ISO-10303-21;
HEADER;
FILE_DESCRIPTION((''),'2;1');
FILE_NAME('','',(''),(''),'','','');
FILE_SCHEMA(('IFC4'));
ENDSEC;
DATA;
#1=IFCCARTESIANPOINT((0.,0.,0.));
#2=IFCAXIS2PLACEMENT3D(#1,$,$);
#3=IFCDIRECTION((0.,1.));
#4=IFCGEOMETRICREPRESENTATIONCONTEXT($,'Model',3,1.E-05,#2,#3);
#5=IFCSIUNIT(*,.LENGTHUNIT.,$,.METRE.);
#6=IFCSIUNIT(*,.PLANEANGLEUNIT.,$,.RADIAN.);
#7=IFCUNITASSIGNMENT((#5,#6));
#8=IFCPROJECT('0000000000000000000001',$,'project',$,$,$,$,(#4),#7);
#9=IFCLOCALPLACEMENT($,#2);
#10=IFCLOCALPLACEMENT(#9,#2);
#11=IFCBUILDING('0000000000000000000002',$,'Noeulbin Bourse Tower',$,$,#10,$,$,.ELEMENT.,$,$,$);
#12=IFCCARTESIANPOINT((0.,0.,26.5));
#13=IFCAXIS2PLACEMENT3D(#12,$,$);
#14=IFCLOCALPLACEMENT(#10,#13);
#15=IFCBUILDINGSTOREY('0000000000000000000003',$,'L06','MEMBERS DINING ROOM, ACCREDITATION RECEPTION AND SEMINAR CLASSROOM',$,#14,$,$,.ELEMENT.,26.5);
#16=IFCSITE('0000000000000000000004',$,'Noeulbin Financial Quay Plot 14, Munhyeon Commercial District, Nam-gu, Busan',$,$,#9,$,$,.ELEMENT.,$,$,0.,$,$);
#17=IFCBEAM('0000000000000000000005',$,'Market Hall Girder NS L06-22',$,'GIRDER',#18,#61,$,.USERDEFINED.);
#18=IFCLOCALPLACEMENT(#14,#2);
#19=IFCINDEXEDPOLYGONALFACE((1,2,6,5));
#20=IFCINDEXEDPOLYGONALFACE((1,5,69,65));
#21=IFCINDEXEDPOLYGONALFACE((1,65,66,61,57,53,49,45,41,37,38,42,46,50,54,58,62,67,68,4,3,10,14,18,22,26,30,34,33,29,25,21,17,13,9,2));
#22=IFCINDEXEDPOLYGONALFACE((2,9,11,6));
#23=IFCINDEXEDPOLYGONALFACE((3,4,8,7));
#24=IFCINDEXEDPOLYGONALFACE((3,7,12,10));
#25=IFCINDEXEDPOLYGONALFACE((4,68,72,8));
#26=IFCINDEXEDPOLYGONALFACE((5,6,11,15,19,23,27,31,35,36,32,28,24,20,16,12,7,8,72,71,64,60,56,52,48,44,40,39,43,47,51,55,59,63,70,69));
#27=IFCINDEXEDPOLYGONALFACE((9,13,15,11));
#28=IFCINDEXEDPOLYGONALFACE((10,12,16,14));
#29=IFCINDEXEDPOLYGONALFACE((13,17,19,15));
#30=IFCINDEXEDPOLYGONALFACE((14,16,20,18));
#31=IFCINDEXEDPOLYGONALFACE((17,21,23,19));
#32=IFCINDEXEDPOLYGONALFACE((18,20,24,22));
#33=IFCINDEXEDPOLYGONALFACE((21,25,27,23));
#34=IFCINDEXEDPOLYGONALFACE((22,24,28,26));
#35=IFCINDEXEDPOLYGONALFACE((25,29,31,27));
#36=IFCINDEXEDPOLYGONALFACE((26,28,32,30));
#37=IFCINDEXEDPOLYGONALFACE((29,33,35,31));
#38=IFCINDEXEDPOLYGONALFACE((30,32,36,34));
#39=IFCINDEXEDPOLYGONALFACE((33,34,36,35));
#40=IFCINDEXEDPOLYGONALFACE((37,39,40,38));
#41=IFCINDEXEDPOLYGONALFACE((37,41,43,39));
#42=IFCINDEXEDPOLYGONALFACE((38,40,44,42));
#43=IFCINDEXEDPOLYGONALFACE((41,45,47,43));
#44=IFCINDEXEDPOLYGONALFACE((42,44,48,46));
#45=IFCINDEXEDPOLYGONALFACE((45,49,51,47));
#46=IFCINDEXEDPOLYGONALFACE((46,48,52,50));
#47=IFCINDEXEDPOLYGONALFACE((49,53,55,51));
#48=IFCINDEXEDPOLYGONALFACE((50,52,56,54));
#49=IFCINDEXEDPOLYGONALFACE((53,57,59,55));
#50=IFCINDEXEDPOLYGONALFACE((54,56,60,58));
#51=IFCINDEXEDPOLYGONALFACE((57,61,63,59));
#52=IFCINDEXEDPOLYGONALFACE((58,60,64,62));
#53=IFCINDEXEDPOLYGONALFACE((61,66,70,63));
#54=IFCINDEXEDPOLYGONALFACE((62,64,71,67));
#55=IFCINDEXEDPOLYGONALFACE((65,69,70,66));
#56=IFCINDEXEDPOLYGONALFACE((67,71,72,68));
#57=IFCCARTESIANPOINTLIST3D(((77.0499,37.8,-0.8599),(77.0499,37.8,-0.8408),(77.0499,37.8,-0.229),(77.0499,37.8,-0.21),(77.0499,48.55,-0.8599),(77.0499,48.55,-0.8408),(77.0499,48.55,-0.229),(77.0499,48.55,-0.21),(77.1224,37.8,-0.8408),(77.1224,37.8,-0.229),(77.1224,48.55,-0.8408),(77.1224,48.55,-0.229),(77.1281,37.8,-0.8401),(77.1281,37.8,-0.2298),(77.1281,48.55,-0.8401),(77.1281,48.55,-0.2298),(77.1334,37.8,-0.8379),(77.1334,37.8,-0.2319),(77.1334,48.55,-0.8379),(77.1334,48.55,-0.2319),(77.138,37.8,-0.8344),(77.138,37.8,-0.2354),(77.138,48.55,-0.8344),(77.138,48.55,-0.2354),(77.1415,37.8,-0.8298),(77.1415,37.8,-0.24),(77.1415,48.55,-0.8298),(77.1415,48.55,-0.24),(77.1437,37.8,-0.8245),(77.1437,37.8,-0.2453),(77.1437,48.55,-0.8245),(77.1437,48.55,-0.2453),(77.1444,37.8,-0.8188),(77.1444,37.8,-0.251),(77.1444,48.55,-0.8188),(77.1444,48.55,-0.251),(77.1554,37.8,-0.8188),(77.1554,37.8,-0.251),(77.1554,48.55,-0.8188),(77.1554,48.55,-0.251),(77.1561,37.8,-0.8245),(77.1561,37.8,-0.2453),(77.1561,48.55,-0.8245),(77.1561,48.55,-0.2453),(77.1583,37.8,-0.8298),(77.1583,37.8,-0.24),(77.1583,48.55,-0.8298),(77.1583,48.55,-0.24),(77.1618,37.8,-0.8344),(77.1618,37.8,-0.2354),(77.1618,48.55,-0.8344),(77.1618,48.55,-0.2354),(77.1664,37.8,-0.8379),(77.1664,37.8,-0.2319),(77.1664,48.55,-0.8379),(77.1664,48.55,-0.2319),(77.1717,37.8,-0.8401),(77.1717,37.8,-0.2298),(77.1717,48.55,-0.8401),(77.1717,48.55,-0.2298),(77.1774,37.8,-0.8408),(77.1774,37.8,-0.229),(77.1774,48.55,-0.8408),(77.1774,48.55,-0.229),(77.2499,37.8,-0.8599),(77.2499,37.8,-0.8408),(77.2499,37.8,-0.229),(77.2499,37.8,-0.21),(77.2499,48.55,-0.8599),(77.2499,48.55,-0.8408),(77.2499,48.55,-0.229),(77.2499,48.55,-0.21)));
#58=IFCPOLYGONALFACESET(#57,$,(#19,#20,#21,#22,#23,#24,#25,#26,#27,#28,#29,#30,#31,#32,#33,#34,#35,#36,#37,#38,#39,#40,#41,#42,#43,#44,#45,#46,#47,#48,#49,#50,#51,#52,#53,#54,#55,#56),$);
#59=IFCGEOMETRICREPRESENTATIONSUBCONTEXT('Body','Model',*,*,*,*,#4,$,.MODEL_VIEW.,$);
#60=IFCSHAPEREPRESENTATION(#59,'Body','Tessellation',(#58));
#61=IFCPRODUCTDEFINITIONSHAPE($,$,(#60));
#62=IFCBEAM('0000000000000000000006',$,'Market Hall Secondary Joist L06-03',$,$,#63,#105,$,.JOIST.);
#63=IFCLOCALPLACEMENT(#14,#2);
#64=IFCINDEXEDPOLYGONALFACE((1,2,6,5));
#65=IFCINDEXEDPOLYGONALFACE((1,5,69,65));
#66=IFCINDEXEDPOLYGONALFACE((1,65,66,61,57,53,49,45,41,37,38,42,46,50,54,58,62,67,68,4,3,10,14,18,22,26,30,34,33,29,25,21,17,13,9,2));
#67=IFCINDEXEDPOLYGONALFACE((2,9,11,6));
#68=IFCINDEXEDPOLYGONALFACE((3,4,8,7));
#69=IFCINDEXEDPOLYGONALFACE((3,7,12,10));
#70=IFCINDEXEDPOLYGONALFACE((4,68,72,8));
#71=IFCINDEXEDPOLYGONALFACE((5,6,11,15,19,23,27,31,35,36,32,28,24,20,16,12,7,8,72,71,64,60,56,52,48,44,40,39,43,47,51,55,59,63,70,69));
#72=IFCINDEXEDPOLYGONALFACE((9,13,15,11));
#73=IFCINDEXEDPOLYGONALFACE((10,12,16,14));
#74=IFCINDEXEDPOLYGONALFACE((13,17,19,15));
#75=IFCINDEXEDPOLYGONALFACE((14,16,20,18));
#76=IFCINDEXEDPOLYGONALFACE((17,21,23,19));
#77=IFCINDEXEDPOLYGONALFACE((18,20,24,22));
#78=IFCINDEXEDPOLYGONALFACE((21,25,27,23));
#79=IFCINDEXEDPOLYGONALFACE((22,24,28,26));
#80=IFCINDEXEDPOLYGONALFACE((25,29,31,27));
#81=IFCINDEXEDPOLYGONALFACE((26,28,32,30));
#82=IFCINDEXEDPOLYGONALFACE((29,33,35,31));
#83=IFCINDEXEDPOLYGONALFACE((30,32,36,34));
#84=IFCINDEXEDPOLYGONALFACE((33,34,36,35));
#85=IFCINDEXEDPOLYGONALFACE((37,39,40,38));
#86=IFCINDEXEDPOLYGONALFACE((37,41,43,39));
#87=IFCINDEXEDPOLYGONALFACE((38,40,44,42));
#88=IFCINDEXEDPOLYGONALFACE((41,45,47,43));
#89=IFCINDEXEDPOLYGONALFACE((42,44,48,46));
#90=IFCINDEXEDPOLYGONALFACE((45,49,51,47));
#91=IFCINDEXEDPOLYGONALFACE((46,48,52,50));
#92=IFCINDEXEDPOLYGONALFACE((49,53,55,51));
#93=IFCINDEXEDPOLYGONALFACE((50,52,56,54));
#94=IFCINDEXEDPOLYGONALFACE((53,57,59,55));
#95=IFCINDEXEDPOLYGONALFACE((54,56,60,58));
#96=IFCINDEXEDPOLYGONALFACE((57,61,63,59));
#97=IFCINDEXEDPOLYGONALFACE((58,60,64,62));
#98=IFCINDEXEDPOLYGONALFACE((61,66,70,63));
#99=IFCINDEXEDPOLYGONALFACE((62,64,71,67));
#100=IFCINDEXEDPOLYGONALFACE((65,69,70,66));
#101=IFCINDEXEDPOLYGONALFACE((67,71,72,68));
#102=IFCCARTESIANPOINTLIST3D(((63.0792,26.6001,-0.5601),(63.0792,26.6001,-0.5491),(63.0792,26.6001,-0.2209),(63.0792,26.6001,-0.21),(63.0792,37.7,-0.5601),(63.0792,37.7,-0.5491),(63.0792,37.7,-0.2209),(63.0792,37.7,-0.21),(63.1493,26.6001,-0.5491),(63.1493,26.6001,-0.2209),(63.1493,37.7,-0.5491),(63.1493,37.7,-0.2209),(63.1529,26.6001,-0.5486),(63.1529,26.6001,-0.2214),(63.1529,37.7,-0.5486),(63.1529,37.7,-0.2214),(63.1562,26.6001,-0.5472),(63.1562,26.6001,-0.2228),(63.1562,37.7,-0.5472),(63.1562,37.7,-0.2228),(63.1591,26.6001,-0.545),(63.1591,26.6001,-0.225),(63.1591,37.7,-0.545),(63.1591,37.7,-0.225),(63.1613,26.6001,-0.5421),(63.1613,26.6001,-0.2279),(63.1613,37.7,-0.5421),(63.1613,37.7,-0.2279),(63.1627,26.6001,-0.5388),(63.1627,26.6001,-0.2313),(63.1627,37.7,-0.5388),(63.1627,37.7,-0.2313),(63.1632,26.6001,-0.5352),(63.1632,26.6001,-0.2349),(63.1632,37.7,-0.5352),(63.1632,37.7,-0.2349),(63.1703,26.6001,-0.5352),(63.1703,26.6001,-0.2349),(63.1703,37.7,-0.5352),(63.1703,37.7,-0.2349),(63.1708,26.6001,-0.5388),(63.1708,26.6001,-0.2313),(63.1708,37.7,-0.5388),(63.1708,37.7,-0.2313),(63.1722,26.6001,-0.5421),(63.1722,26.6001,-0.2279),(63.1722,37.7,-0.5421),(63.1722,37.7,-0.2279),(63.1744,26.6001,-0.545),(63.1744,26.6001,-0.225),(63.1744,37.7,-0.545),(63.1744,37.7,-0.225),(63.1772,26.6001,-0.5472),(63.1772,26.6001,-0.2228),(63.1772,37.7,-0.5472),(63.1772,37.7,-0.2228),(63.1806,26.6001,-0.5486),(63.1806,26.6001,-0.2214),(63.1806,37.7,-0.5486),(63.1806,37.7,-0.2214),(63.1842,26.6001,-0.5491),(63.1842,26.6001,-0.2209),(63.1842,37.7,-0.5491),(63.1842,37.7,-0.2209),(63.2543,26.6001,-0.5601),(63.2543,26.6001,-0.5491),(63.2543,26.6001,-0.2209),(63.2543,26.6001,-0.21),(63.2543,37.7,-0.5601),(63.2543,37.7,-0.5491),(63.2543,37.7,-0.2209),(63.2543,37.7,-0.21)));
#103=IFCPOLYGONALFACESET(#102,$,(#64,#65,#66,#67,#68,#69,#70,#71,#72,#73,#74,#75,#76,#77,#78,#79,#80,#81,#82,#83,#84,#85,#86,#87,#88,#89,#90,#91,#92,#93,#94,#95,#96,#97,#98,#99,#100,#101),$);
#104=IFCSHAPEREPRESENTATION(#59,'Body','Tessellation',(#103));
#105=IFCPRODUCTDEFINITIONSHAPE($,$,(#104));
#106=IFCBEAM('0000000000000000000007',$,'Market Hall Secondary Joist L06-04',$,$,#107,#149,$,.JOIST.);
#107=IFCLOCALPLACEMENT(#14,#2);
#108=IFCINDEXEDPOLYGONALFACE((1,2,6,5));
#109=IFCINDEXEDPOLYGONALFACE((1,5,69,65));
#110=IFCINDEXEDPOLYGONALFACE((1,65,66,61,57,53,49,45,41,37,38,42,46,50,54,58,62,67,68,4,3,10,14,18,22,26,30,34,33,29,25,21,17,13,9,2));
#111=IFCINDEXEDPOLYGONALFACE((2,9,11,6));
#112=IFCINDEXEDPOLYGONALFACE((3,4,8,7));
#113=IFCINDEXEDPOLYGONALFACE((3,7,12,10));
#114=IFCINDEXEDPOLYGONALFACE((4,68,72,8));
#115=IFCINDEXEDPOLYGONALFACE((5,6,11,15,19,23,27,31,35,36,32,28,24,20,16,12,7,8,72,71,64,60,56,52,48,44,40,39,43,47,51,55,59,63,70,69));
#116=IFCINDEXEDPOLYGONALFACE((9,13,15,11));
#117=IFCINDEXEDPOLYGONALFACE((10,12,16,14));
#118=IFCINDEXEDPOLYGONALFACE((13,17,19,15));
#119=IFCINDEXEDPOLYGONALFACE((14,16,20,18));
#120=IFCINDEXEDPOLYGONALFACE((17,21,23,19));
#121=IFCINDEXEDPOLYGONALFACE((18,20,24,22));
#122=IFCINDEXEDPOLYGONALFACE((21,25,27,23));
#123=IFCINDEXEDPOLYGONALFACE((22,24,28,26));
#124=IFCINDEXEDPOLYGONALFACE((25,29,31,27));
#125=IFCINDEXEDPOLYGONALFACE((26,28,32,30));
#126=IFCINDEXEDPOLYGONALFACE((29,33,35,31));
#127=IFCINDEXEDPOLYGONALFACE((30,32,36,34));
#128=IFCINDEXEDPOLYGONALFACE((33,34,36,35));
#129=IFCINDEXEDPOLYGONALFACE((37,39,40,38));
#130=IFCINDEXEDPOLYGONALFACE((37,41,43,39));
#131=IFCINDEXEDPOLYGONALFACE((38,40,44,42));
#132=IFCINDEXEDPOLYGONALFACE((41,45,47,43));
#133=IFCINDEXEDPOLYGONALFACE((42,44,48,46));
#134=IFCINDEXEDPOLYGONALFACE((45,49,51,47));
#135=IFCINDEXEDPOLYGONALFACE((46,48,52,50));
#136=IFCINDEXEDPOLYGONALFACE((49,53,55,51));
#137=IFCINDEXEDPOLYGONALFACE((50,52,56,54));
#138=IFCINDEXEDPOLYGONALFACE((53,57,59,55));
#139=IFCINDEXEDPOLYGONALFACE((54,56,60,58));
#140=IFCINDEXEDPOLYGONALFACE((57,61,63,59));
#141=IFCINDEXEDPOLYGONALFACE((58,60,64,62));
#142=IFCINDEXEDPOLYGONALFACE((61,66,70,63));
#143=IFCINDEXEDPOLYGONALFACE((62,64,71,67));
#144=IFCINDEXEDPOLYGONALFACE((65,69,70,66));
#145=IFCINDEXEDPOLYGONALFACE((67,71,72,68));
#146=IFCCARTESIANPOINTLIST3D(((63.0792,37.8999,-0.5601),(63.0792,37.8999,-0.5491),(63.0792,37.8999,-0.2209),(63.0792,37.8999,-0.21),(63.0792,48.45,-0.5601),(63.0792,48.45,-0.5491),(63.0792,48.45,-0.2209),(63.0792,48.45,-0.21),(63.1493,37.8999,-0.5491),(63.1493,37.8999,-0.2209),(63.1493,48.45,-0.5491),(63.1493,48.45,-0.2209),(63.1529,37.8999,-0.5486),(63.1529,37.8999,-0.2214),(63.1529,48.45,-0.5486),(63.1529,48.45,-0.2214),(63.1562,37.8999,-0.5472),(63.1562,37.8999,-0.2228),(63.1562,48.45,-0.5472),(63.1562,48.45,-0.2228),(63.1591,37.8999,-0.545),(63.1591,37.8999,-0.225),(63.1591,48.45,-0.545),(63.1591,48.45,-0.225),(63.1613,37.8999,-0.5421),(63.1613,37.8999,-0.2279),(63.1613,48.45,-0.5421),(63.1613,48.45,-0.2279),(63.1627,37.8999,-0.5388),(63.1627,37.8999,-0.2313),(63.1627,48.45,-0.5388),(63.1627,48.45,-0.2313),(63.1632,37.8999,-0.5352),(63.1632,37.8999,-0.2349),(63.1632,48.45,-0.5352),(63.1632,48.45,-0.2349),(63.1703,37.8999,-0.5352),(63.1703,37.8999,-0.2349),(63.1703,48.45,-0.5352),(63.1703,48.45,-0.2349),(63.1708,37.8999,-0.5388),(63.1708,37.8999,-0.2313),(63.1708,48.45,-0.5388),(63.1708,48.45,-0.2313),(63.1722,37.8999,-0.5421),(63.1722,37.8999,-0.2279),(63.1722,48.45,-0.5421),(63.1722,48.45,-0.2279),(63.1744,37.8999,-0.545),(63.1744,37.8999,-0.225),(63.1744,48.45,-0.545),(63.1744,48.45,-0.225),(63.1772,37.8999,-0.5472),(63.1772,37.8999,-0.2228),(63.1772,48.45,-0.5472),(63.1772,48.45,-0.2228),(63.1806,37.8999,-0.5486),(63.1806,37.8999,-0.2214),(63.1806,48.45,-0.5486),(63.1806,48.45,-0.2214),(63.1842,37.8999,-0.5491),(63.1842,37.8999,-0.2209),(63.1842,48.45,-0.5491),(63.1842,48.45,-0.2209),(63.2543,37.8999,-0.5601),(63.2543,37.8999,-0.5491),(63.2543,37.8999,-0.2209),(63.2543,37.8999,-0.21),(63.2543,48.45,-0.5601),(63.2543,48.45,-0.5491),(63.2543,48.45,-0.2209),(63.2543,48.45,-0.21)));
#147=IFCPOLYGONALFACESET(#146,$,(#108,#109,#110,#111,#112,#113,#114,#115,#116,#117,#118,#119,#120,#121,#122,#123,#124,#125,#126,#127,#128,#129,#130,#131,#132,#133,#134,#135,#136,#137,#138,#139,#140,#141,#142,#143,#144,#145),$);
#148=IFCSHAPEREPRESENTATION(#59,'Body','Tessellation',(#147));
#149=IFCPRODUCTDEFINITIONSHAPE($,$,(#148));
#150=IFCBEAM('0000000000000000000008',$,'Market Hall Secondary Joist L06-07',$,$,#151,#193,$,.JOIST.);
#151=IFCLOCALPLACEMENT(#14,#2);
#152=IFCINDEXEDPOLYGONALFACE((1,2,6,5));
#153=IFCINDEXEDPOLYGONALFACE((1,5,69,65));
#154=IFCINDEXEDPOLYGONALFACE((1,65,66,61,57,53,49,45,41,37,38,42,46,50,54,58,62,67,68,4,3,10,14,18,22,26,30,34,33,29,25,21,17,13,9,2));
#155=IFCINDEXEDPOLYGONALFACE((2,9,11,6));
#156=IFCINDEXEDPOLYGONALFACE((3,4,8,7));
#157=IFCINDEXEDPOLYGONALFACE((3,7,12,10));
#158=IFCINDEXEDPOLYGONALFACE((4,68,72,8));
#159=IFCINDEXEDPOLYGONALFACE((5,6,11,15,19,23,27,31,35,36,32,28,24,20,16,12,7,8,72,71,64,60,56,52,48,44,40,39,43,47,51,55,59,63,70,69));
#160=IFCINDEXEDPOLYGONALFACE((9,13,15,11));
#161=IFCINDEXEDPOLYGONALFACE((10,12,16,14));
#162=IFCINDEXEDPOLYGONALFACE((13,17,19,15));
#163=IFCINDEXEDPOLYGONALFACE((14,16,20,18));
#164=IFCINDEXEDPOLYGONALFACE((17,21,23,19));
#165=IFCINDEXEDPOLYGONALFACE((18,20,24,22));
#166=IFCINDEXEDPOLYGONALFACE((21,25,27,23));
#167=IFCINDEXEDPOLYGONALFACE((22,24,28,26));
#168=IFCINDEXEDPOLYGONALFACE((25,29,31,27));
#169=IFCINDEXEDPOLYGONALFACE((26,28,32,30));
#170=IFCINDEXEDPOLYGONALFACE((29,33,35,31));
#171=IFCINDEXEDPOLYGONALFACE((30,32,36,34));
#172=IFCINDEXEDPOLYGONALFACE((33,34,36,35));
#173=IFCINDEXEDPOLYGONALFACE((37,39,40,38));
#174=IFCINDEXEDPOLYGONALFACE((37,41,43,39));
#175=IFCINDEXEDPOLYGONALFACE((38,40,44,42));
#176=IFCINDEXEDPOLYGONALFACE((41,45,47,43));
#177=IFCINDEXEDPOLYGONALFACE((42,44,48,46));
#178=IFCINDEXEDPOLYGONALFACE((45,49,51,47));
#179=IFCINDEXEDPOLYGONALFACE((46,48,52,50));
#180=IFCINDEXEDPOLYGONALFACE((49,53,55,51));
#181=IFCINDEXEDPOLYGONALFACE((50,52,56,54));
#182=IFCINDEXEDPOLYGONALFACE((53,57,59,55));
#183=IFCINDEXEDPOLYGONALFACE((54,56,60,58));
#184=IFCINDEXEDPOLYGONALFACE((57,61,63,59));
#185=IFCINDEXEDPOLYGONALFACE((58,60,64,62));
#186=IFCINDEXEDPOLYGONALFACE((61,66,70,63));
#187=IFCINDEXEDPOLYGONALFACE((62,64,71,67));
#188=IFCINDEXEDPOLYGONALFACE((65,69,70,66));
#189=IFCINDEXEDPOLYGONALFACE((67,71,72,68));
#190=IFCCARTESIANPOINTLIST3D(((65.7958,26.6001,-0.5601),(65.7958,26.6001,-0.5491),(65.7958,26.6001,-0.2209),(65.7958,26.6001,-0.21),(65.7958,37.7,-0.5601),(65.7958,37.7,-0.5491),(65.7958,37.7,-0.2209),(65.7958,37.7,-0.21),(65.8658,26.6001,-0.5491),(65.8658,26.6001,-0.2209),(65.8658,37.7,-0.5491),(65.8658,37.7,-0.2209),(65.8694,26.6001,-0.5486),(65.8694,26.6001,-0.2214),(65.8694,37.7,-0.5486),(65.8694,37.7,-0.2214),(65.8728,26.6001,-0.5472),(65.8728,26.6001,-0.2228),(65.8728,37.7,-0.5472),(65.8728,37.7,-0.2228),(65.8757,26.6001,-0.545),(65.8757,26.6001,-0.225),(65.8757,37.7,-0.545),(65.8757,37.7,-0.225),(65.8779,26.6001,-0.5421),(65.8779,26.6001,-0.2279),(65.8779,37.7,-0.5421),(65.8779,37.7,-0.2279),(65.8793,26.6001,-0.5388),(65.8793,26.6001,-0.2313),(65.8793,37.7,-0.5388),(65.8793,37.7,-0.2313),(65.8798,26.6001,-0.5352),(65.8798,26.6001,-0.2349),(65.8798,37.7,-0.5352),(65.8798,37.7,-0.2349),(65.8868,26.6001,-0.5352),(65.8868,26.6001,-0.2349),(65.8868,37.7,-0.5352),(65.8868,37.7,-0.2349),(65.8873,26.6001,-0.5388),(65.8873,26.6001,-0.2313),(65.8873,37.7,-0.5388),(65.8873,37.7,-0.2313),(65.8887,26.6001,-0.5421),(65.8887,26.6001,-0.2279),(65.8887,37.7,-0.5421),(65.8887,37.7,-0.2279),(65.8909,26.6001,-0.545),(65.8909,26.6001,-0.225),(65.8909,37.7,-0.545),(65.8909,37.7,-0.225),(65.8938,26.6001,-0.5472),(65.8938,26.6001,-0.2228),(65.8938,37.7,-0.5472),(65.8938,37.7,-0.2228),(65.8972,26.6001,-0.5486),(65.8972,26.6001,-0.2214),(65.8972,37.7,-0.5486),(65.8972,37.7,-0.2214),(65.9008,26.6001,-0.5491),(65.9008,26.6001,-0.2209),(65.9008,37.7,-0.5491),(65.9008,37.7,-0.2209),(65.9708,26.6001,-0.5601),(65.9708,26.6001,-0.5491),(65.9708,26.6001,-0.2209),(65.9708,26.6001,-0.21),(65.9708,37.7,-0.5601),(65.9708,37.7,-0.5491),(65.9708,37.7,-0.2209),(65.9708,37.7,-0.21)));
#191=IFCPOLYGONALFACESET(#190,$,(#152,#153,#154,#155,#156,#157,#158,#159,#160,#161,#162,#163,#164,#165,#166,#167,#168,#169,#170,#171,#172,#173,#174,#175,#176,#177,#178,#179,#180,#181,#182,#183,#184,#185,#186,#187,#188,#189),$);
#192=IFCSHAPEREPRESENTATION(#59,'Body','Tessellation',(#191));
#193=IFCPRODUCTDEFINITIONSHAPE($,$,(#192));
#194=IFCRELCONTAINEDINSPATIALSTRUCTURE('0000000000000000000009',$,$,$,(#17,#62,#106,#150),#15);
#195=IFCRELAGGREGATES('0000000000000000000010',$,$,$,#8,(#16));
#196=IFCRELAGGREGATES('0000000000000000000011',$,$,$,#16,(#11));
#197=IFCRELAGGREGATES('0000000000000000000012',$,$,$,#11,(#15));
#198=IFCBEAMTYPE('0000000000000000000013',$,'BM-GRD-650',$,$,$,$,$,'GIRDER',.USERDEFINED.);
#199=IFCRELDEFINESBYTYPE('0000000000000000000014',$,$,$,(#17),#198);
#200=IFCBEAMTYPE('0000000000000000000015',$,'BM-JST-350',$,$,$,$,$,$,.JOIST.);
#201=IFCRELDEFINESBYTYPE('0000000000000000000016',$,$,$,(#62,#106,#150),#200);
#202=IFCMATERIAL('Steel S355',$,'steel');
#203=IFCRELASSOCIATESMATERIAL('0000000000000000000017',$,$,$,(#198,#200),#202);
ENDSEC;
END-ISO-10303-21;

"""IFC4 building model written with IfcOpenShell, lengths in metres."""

from ifc_helpers import new_model, si_unit, direction, frame, origin, origin_2d, place, context, subcontext, project, spatial, i_section, extrude, material, material_profile, profile_set, type_object, element, save


model = new_model("IFC4")

# Units and contexts
model_context = context("Model", 3, precision=1e-05, world=origin(), true_north=direction((0.0, 1.0)))
body_context = subcontext(model_context, "Body", "Model", "MODEL_VIEW")
ifc_project = project(units=[si_unit("LENGTHUNIT", "METRE"), si_unit("PLANEANGLEUNIT", "RADIAN")], contexts=[model_context])

# Site, building, storey
site_placement = place(None, origin())
site = spatial("IfcSite", under=ifc_project, at=site_placement, Name="Noeulbin Financial Quay Plot 14, Munhyeon Commercial District, Nam-gu, Busan", CompositionType="ELEMENT", RefElevation=0.0)
building_placement = place(site_placement, origin())
building = spatial("IfcBuilding", under=site, at=building_placement, Name="Noeulbin Bourse Tower", CompositionType="ELEMENT")
storey_placement = place(building_placement, frame((0.0, 0.0, 26.5)))
storey = spatial("IfcBuildingStorey", under=building, at=storey_placement, Name="L06", Description="MEMBERS DINING ROOM, ACCREDITATION RECEPTION AND SEMINAR CLASSROOM", CompositionType="ELEMENT", Elevation=26.5)

# Beams
ifc_material_1 = material(Name="Steel S355", Category="steel")
ifc_material_profile_1 = material_profile(ifc_material_1, i_section(OverallWidth=0.2, OverallDepth=0.6499, WebThickness=0.011, FlangeThickness=0.019, FilletRadius=0.022, at=origin_2d()), Name="H-650x200x11x19", Category="LoadBearing")
ifc_profile_set_1 = profile_set([ifc_material_profile_1], Name="Steel S355")
beam_type_1 = type_object("IfcBeamType", Name="BM-GRD-650", ElementType="GIRDER", PredefinedType="USERDEFINED", material=ifc_profile_set_1)
for number, where, z_axis, x_axis, name in (
    (1, (77.1499, 37.8, -0.5349), (0.0, 1.0, 0.0), (-1.0, 0.0, 0.0), "Market Hall Girder NS L06-22"),
):
    element("IfcBeam", number, at=place(storey_placement, frame(where, z_axis=z_axis, x_axis=x_axis)), inside=storey, type_object=beam_type_1, Name=name, ObjectType="GIRDER", PredefinedType="USERDEFINED", context=body_context, shape_type="SweptSolid", body=[
        extrude(i_section(OverallWidth=0.2, OverallDepth=0.6499, WebThickness=0.011, FlangeThickness=0.019, FilletRadius=0.022, at=origin_2d()), origin(), (0.0, 0.0, 1.0), 10.75),
    ])
ifc_material_profile_2 = material_profile(ifc_material_1, i_section(OverallWidth=0.175, OverallDepth=0.3501, WebThickness=0.0071, FlangeThickness=0.011, FilletRadius=0.0139, at=origin_2d()), Name="H-350x175x7x11", Category="LoadBearing")
ifc_profile_set_2 = profile_set([ifc_material_profile_2], Name="Steel S355")
beam_type_2 = type_object("IfcBeamType", Name="BM-JST-350", PredefinedType="JOIST", material=ifc_profile_set_2)
beam_1_placement = place(storey_placement, frame((63.1667, 26.6001, -0.385), z_axis=(0.0, 1.0, 0.0), x_axis=(-1.0, 0.0, 0.0)))
element("IfcBeam", 2, at=beam_1_placement, inside=storey, type_object=beam_type_2, Name="Market Hall Secondary Joist L06-03", PredefinedType="JOIST", context=body_context, shape_type="SweptSolid", body=[
    extrude(i_section(OverallWidth=0.175, OverallDepth=0.3501, WebThickness=0.0071, FlangeThickness=0.011, FilletRadius=0.0139, at=origin_2d()), origin(), (0.0, 0.0, 1.0), 11.0999),
])
beam_2_placement = place(storey_placement, frame((63.1667, 37.8999, -0.385), z_axis=(0.0, 1.0, 0.0), x_axis=(-1.0, 0.0, 0.0)))
element("IfcBeam", 3, at=beam_2_placement, inside=storey, type_object=beam_type_2, Name="Market Hall Secondary Joist L06-04", PredefinedType="JOIST", context=body_context, shape_type="SweptSolid", body=[
    extrude(i_section(OverallWidth=0.175, OverallDepth=0.3501, WebThickness=0.0071, FlangeThickness=0.011, FilletRadius=0.0139, at=origin_2d()), origin(), (0.0, 0.0, 1.0), 10.55),
])
beam_3_placement = place(storey_placement, frame((65.8833, 26.6001, -0.385), z_axis=(0.0, 1.0, 0.0), x_axis=(-1.0, 0.0, 0.0)))
element("IfcBeam", 4, at=beam_3_placement, inside=storey, type_object=beam_type_2, Name="Market Hall Secondary Joist L06-07", PredefinedType="JOIST", context=body_context, shape_type="SweptSolid", body=[
    extrude(i_section(OverallWidth=0.175, OverallDepth=0.3501, WebThickness=0.0071, FlangeThickness=0.011, FilletRadius=0.0139, at=origin_2d()), origin(), (0.0, 0.0, 1.0), 11.0999),
])

save(model, "model.ifc")
